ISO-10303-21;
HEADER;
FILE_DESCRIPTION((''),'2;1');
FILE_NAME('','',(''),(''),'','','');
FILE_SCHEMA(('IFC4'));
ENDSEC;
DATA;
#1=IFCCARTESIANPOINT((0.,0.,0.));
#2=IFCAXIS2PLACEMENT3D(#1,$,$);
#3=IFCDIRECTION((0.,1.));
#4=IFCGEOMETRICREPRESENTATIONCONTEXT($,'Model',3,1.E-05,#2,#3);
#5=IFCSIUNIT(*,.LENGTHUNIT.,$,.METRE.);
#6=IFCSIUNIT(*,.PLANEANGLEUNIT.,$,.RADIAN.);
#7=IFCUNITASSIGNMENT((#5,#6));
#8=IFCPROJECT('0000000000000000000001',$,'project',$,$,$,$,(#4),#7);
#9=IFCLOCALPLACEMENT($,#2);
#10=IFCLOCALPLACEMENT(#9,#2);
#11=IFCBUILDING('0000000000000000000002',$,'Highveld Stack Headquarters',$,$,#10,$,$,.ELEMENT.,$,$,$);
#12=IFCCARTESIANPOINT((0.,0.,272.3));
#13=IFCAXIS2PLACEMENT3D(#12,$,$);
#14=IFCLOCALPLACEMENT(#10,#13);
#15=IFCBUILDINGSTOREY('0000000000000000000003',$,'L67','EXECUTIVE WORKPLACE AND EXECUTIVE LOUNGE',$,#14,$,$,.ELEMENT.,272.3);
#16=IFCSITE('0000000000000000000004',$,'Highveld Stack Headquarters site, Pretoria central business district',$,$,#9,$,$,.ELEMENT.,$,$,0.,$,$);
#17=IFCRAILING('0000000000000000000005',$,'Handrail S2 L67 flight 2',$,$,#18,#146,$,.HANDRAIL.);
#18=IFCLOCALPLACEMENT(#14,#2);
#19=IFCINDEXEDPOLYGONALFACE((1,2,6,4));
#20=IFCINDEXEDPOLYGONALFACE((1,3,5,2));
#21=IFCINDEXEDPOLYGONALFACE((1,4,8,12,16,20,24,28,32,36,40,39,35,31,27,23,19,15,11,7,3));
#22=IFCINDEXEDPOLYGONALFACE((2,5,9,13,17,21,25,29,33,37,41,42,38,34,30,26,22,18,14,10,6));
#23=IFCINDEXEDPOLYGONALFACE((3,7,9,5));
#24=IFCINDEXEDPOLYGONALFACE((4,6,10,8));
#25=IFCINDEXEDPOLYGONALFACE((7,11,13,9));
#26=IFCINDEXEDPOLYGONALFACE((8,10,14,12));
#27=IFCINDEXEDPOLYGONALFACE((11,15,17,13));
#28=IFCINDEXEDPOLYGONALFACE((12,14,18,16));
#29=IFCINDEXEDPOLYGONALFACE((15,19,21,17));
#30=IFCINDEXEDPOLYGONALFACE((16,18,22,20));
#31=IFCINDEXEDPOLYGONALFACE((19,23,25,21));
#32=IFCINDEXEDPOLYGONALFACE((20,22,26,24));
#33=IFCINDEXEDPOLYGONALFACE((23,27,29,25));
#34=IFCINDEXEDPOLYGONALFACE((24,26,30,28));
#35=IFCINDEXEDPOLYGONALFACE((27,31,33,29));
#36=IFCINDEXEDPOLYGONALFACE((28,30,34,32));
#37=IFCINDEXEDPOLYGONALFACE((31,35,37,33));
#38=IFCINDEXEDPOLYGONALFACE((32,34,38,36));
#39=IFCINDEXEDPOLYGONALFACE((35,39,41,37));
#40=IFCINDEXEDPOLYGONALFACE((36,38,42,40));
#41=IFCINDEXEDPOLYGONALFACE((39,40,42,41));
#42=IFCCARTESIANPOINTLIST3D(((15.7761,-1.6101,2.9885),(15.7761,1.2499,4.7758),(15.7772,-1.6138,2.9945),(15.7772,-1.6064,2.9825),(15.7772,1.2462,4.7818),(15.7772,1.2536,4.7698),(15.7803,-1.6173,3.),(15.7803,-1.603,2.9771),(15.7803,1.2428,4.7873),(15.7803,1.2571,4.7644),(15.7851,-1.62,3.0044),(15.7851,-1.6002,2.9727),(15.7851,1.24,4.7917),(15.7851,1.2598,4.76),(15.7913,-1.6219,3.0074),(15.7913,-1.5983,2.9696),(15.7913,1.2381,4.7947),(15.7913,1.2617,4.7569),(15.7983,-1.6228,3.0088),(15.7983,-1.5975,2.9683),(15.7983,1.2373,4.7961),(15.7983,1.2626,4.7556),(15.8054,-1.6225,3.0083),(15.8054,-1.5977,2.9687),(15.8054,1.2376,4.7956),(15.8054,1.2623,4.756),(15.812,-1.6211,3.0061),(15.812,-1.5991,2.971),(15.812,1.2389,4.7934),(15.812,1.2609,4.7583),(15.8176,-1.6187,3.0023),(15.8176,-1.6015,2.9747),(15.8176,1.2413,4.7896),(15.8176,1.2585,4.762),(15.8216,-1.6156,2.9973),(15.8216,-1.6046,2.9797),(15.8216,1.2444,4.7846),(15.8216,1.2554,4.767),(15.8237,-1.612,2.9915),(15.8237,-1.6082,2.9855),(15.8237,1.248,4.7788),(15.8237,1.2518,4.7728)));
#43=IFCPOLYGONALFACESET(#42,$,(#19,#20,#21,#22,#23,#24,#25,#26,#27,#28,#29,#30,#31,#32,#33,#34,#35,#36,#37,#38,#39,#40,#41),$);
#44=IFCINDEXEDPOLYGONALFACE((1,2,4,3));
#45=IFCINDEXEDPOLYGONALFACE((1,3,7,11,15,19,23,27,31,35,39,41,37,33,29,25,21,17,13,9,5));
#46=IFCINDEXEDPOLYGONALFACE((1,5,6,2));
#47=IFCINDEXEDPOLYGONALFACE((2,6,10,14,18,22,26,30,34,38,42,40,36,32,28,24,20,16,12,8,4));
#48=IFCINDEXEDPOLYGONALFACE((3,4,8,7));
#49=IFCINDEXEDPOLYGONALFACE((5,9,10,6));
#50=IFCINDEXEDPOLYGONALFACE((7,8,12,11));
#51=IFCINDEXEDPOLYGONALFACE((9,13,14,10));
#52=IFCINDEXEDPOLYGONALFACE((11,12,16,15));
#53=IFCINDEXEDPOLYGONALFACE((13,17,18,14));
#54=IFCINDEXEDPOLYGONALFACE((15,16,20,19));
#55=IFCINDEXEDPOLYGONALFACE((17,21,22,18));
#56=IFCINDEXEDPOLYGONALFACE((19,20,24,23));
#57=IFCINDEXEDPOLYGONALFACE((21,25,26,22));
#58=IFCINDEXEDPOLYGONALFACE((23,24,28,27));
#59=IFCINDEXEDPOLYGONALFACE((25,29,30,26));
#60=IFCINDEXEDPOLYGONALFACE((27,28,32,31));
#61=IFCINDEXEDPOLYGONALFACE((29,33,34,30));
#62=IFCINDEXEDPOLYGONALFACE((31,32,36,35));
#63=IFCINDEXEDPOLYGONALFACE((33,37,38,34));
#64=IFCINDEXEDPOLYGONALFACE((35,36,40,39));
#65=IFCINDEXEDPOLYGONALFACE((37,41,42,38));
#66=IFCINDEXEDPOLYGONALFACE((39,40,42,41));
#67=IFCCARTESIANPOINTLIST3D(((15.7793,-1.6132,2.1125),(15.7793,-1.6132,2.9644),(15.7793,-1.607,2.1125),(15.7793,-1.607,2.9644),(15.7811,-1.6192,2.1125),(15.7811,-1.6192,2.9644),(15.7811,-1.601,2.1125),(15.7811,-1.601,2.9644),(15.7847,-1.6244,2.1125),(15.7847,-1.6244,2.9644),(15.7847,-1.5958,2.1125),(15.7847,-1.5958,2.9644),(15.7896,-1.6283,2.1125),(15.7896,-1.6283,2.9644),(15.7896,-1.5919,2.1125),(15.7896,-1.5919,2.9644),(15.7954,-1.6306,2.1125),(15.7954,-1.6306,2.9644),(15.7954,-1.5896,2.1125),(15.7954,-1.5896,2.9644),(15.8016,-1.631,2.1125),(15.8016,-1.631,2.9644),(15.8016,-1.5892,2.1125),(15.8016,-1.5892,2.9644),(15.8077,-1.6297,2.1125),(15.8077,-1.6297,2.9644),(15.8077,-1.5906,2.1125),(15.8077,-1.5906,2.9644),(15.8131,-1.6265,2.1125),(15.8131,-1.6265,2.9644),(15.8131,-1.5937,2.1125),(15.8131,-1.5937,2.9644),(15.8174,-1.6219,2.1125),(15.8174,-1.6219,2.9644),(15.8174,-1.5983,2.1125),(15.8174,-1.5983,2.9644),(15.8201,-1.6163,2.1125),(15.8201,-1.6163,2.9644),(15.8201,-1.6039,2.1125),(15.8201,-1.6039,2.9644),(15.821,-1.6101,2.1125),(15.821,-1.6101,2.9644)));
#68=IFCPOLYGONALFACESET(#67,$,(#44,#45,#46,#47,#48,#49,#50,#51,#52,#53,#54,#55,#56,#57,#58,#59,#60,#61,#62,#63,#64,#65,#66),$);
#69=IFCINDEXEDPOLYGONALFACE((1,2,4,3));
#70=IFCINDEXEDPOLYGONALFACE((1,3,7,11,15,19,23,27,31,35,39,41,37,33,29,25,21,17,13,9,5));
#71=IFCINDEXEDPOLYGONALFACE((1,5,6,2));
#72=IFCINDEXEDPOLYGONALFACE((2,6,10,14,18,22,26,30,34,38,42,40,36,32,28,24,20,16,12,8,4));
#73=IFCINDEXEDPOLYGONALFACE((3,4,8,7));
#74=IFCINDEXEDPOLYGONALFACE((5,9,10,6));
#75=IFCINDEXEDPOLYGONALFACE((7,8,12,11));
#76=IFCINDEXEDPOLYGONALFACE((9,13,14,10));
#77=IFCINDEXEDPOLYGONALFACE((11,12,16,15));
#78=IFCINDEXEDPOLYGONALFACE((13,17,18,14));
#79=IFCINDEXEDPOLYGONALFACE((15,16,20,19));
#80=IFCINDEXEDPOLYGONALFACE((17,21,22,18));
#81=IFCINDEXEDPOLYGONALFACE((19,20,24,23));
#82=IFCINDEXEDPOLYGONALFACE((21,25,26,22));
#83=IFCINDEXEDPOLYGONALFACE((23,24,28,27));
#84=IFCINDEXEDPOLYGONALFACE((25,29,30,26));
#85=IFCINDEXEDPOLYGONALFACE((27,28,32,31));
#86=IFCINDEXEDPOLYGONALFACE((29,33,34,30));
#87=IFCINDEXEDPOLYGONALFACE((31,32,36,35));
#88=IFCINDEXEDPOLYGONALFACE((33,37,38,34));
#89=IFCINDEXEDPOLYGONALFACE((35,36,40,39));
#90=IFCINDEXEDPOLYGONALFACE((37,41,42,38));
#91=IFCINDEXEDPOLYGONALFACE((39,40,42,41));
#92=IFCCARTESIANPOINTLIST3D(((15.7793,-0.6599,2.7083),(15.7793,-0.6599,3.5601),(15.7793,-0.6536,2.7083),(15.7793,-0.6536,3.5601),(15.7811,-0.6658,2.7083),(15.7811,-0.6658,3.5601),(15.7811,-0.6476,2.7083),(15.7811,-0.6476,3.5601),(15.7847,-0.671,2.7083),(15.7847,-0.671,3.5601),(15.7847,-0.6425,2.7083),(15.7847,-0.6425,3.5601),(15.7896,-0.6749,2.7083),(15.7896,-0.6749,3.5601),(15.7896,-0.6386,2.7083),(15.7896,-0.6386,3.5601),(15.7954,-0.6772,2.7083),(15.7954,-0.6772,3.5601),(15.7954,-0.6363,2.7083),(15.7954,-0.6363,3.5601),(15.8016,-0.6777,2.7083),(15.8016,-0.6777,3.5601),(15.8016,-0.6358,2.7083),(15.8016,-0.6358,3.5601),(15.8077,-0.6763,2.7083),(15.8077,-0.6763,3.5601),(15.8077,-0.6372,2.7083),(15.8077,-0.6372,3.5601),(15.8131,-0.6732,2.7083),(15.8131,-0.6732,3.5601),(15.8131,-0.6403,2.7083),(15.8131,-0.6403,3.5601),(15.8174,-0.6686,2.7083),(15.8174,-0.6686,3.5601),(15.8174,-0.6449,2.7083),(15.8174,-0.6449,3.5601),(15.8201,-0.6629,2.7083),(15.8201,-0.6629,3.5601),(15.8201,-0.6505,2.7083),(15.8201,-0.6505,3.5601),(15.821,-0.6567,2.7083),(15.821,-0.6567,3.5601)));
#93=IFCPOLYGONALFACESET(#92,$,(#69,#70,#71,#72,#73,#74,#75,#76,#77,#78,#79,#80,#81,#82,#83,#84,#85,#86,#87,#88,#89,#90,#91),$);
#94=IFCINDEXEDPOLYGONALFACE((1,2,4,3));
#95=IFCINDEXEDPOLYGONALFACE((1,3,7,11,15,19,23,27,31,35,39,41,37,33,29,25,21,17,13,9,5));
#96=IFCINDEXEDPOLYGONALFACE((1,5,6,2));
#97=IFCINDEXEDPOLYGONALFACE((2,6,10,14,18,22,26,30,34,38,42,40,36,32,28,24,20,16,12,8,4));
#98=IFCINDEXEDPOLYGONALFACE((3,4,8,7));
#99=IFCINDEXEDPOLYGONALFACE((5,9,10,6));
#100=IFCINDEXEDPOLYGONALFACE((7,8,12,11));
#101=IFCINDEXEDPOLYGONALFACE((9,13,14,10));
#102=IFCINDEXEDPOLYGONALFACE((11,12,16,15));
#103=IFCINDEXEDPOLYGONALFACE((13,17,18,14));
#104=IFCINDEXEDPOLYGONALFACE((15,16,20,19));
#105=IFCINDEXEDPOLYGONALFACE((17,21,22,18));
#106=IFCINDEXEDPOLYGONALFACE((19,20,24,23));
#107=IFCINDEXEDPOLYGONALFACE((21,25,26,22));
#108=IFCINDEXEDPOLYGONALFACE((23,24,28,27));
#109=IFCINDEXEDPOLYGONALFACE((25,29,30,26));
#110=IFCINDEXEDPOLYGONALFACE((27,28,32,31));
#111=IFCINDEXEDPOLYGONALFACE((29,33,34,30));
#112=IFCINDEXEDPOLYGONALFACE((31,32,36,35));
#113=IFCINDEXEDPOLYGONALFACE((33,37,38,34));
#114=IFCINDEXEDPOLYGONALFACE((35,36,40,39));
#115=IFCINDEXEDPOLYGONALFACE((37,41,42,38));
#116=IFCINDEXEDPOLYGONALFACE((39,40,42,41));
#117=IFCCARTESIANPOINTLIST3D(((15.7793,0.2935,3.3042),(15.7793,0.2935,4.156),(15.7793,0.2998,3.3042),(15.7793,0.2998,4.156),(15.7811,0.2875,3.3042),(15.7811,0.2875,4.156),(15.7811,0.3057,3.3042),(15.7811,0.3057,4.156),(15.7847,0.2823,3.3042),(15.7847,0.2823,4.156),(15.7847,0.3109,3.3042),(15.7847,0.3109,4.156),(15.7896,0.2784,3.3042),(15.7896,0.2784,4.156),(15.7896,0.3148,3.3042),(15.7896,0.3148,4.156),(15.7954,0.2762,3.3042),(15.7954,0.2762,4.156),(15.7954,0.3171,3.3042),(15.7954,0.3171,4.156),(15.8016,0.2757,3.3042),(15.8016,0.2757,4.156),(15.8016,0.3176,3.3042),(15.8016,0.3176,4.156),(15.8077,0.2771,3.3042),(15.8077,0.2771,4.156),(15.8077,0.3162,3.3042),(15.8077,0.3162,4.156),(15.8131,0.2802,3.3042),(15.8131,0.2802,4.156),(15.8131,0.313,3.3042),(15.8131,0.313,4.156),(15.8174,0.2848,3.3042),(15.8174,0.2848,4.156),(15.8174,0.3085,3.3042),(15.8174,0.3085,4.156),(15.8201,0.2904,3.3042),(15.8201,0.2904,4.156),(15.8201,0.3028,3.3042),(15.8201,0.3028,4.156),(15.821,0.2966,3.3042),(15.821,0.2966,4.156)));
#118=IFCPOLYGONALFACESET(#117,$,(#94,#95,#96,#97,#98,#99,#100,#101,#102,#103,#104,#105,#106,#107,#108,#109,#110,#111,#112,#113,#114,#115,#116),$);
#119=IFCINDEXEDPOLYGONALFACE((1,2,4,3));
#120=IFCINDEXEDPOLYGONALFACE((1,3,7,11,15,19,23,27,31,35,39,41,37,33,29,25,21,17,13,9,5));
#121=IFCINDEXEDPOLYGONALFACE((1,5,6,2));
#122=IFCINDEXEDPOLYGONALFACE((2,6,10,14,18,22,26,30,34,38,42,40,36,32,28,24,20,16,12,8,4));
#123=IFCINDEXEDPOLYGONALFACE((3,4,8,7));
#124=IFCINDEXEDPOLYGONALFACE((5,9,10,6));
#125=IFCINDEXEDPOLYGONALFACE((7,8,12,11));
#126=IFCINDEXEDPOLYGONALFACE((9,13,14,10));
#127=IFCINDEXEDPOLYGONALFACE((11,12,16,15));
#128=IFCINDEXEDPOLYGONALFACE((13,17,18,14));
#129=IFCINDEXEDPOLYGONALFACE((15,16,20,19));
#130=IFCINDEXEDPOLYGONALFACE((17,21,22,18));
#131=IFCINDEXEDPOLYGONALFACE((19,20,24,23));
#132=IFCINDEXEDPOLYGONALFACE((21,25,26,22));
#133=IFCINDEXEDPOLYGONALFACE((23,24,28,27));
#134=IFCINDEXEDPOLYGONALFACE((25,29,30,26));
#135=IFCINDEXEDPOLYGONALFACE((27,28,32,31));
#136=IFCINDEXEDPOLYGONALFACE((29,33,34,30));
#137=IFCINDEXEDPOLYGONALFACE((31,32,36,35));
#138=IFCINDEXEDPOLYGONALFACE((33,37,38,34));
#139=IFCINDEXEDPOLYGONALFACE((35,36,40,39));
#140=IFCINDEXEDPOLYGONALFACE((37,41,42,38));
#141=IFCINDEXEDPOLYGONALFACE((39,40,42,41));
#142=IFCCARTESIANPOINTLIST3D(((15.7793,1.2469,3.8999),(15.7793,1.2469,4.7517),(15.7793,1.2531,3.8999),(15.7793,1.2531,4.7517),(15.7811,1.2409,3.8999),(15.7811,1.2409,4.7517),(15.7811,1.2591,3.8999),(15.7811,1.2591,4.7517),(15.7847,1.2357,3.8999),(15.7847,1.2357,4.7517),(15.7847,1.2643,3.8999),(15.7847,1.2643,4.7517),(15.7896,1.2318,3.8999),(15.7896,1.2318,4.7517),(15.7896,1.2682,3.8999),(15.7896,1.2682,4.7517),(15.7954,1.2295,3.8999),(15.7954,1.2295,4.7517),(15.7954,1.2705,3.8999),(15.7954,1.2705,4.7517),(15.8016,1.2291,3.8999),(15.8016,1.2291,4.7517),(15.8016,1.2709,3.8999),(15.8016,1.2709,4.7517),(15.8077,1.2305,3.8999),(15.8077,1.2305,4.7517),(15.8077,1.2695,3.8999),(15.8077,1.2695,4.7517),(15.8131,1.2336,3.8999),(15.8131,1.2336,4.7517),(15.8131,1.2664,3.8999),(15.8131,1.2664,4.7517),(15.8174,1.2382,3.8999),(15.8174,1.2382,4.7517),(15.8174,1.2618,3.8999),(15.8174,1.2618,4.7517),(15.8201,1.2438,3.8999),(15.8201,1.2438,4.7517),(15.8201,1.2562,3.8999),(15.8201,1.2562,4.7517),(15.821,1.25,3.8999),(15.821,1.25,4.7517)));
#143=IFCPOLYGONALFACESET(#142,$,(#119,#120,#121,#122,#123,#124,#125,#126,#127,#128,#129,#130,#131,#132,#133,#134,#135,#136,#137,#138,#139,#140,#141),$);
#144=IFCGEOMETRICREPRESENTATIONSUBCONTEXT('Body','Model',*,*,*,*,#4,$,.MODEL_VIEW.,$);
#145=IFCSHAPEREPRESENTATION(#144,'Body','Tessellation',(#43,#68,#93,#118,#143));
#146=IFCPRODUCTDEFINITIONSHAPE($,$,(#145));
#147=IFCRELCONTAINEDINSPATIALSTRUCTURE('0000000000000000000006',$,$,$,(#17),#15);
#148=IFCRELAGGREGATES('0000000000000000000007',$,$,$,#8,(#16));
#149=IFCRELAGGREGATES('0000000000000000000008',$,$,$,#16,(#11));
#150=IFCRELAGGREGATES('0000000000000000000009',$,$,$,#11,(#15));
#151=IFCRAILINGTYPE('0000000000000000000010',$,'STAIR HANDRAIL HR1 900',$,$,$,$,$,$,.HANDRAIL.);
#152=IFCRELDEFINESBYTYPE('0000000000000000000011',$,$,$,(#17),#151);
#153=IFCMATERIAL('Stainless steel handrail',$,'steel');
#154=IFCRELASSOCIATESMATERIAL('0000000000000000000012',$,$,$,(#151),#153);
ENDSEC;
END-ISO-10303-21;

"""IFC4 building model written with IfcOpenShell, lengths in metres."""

from ifc_helpers import new_model, si_unit, direction, frame, origin, origin_2d, place, context, subcontext, project, spatial, circle, extrude, material, type_object, element, save


model = new_model("IFC4")

# Units and contexts
model_context = context("Model", 3, precision=1e-05, world=origin(), true_north=direction((0.0, 1.0)))
body_context = subcontext(model_context, "Body", "Model", "MODEL_VIEW")
ifc_project = project(units=[si_unit("LENGTHUNIT", "METRE"), si_unit("PLANEANGLEUNIT", "RADIAN")], contexts=[model_context])

# Site, building, storey
site_placement = place(None, origin())
site = spatial("IfcSite", under=ifc_project, at=site_placement, Name="Highveld Stack Headquarters site, Pretoria central business district", CompositionType="ELEMENT", RefElevation=0.0)
building_placement = place(site_placement, origin())
building = spatial("IfcBuilding", under=site, at=building_placement, Name="Highveld Stack Headquarters", CompositionType="ELEMENT")
storey_placement = place(building_placement, frame((0.0, 0.0, 272.3)))
storey = spatial("IfcBuildingStorey", under=building, at=storey_placement, Name="L67", Description="EXECUTIVE WORKPLACE AND EXECUTIVE LOUNGE", CompositionType="ELEMENT", Elevation=272.3)

# Railing
ifc_material_1 = material(Name="Stainless steel handrail", Category="steel")
railing_type = type_object("IfcRailingType", Name="STAIR HANDRAIL HR1 900", PredefinedType="HANDRAIL", material=ifc_material_1)
for number, where, name in (
    (1, (15.8, -1.6101, 2.1125), "Handrail S2 L67 flight 2"),
):
    element("IfcRailing", number, at=place(storey_placement, frame(where)), inside=storey, type_object=railing_type, Name=name, PredefinedType="HANDRAIL", context=body_context, shape_type="SweptSolid", body=[
        extrude(circle(Radius=0.0239, at=origin_2d()), frame((0.0, 0.0, 0.876), z_axis=(0.0, 0.848027, 0.529953), x_axis=(-1.0, 0.0, 0.0)), (0.0, 0.0, 1.0), 3.3726),
        extrude(circle(Radius=0.021, at=origin_2d()), origin(), (0.0, 0.0, 1.0), 0.8518),
        extrude(circle(Radius=0.021, at=origin_2d()), frame((0.0, 0.9534, 0.5957)), (0.0, 0.0, 1.0), 0.8518),
        extrude(circle(Radius=0.021, at=origin_2d()), frame((0.0, 1.9067, 1.1917)), (0.0, 0.0, 1.0), 0.8518),
        extrude(circle(Radius=0.021, at=origin_2d()), frame((0.0, 2.8601, 1.7874)), (0.0, 0.0, 1.0), 0.8518),
    ])

save(model, "model.ifc")
